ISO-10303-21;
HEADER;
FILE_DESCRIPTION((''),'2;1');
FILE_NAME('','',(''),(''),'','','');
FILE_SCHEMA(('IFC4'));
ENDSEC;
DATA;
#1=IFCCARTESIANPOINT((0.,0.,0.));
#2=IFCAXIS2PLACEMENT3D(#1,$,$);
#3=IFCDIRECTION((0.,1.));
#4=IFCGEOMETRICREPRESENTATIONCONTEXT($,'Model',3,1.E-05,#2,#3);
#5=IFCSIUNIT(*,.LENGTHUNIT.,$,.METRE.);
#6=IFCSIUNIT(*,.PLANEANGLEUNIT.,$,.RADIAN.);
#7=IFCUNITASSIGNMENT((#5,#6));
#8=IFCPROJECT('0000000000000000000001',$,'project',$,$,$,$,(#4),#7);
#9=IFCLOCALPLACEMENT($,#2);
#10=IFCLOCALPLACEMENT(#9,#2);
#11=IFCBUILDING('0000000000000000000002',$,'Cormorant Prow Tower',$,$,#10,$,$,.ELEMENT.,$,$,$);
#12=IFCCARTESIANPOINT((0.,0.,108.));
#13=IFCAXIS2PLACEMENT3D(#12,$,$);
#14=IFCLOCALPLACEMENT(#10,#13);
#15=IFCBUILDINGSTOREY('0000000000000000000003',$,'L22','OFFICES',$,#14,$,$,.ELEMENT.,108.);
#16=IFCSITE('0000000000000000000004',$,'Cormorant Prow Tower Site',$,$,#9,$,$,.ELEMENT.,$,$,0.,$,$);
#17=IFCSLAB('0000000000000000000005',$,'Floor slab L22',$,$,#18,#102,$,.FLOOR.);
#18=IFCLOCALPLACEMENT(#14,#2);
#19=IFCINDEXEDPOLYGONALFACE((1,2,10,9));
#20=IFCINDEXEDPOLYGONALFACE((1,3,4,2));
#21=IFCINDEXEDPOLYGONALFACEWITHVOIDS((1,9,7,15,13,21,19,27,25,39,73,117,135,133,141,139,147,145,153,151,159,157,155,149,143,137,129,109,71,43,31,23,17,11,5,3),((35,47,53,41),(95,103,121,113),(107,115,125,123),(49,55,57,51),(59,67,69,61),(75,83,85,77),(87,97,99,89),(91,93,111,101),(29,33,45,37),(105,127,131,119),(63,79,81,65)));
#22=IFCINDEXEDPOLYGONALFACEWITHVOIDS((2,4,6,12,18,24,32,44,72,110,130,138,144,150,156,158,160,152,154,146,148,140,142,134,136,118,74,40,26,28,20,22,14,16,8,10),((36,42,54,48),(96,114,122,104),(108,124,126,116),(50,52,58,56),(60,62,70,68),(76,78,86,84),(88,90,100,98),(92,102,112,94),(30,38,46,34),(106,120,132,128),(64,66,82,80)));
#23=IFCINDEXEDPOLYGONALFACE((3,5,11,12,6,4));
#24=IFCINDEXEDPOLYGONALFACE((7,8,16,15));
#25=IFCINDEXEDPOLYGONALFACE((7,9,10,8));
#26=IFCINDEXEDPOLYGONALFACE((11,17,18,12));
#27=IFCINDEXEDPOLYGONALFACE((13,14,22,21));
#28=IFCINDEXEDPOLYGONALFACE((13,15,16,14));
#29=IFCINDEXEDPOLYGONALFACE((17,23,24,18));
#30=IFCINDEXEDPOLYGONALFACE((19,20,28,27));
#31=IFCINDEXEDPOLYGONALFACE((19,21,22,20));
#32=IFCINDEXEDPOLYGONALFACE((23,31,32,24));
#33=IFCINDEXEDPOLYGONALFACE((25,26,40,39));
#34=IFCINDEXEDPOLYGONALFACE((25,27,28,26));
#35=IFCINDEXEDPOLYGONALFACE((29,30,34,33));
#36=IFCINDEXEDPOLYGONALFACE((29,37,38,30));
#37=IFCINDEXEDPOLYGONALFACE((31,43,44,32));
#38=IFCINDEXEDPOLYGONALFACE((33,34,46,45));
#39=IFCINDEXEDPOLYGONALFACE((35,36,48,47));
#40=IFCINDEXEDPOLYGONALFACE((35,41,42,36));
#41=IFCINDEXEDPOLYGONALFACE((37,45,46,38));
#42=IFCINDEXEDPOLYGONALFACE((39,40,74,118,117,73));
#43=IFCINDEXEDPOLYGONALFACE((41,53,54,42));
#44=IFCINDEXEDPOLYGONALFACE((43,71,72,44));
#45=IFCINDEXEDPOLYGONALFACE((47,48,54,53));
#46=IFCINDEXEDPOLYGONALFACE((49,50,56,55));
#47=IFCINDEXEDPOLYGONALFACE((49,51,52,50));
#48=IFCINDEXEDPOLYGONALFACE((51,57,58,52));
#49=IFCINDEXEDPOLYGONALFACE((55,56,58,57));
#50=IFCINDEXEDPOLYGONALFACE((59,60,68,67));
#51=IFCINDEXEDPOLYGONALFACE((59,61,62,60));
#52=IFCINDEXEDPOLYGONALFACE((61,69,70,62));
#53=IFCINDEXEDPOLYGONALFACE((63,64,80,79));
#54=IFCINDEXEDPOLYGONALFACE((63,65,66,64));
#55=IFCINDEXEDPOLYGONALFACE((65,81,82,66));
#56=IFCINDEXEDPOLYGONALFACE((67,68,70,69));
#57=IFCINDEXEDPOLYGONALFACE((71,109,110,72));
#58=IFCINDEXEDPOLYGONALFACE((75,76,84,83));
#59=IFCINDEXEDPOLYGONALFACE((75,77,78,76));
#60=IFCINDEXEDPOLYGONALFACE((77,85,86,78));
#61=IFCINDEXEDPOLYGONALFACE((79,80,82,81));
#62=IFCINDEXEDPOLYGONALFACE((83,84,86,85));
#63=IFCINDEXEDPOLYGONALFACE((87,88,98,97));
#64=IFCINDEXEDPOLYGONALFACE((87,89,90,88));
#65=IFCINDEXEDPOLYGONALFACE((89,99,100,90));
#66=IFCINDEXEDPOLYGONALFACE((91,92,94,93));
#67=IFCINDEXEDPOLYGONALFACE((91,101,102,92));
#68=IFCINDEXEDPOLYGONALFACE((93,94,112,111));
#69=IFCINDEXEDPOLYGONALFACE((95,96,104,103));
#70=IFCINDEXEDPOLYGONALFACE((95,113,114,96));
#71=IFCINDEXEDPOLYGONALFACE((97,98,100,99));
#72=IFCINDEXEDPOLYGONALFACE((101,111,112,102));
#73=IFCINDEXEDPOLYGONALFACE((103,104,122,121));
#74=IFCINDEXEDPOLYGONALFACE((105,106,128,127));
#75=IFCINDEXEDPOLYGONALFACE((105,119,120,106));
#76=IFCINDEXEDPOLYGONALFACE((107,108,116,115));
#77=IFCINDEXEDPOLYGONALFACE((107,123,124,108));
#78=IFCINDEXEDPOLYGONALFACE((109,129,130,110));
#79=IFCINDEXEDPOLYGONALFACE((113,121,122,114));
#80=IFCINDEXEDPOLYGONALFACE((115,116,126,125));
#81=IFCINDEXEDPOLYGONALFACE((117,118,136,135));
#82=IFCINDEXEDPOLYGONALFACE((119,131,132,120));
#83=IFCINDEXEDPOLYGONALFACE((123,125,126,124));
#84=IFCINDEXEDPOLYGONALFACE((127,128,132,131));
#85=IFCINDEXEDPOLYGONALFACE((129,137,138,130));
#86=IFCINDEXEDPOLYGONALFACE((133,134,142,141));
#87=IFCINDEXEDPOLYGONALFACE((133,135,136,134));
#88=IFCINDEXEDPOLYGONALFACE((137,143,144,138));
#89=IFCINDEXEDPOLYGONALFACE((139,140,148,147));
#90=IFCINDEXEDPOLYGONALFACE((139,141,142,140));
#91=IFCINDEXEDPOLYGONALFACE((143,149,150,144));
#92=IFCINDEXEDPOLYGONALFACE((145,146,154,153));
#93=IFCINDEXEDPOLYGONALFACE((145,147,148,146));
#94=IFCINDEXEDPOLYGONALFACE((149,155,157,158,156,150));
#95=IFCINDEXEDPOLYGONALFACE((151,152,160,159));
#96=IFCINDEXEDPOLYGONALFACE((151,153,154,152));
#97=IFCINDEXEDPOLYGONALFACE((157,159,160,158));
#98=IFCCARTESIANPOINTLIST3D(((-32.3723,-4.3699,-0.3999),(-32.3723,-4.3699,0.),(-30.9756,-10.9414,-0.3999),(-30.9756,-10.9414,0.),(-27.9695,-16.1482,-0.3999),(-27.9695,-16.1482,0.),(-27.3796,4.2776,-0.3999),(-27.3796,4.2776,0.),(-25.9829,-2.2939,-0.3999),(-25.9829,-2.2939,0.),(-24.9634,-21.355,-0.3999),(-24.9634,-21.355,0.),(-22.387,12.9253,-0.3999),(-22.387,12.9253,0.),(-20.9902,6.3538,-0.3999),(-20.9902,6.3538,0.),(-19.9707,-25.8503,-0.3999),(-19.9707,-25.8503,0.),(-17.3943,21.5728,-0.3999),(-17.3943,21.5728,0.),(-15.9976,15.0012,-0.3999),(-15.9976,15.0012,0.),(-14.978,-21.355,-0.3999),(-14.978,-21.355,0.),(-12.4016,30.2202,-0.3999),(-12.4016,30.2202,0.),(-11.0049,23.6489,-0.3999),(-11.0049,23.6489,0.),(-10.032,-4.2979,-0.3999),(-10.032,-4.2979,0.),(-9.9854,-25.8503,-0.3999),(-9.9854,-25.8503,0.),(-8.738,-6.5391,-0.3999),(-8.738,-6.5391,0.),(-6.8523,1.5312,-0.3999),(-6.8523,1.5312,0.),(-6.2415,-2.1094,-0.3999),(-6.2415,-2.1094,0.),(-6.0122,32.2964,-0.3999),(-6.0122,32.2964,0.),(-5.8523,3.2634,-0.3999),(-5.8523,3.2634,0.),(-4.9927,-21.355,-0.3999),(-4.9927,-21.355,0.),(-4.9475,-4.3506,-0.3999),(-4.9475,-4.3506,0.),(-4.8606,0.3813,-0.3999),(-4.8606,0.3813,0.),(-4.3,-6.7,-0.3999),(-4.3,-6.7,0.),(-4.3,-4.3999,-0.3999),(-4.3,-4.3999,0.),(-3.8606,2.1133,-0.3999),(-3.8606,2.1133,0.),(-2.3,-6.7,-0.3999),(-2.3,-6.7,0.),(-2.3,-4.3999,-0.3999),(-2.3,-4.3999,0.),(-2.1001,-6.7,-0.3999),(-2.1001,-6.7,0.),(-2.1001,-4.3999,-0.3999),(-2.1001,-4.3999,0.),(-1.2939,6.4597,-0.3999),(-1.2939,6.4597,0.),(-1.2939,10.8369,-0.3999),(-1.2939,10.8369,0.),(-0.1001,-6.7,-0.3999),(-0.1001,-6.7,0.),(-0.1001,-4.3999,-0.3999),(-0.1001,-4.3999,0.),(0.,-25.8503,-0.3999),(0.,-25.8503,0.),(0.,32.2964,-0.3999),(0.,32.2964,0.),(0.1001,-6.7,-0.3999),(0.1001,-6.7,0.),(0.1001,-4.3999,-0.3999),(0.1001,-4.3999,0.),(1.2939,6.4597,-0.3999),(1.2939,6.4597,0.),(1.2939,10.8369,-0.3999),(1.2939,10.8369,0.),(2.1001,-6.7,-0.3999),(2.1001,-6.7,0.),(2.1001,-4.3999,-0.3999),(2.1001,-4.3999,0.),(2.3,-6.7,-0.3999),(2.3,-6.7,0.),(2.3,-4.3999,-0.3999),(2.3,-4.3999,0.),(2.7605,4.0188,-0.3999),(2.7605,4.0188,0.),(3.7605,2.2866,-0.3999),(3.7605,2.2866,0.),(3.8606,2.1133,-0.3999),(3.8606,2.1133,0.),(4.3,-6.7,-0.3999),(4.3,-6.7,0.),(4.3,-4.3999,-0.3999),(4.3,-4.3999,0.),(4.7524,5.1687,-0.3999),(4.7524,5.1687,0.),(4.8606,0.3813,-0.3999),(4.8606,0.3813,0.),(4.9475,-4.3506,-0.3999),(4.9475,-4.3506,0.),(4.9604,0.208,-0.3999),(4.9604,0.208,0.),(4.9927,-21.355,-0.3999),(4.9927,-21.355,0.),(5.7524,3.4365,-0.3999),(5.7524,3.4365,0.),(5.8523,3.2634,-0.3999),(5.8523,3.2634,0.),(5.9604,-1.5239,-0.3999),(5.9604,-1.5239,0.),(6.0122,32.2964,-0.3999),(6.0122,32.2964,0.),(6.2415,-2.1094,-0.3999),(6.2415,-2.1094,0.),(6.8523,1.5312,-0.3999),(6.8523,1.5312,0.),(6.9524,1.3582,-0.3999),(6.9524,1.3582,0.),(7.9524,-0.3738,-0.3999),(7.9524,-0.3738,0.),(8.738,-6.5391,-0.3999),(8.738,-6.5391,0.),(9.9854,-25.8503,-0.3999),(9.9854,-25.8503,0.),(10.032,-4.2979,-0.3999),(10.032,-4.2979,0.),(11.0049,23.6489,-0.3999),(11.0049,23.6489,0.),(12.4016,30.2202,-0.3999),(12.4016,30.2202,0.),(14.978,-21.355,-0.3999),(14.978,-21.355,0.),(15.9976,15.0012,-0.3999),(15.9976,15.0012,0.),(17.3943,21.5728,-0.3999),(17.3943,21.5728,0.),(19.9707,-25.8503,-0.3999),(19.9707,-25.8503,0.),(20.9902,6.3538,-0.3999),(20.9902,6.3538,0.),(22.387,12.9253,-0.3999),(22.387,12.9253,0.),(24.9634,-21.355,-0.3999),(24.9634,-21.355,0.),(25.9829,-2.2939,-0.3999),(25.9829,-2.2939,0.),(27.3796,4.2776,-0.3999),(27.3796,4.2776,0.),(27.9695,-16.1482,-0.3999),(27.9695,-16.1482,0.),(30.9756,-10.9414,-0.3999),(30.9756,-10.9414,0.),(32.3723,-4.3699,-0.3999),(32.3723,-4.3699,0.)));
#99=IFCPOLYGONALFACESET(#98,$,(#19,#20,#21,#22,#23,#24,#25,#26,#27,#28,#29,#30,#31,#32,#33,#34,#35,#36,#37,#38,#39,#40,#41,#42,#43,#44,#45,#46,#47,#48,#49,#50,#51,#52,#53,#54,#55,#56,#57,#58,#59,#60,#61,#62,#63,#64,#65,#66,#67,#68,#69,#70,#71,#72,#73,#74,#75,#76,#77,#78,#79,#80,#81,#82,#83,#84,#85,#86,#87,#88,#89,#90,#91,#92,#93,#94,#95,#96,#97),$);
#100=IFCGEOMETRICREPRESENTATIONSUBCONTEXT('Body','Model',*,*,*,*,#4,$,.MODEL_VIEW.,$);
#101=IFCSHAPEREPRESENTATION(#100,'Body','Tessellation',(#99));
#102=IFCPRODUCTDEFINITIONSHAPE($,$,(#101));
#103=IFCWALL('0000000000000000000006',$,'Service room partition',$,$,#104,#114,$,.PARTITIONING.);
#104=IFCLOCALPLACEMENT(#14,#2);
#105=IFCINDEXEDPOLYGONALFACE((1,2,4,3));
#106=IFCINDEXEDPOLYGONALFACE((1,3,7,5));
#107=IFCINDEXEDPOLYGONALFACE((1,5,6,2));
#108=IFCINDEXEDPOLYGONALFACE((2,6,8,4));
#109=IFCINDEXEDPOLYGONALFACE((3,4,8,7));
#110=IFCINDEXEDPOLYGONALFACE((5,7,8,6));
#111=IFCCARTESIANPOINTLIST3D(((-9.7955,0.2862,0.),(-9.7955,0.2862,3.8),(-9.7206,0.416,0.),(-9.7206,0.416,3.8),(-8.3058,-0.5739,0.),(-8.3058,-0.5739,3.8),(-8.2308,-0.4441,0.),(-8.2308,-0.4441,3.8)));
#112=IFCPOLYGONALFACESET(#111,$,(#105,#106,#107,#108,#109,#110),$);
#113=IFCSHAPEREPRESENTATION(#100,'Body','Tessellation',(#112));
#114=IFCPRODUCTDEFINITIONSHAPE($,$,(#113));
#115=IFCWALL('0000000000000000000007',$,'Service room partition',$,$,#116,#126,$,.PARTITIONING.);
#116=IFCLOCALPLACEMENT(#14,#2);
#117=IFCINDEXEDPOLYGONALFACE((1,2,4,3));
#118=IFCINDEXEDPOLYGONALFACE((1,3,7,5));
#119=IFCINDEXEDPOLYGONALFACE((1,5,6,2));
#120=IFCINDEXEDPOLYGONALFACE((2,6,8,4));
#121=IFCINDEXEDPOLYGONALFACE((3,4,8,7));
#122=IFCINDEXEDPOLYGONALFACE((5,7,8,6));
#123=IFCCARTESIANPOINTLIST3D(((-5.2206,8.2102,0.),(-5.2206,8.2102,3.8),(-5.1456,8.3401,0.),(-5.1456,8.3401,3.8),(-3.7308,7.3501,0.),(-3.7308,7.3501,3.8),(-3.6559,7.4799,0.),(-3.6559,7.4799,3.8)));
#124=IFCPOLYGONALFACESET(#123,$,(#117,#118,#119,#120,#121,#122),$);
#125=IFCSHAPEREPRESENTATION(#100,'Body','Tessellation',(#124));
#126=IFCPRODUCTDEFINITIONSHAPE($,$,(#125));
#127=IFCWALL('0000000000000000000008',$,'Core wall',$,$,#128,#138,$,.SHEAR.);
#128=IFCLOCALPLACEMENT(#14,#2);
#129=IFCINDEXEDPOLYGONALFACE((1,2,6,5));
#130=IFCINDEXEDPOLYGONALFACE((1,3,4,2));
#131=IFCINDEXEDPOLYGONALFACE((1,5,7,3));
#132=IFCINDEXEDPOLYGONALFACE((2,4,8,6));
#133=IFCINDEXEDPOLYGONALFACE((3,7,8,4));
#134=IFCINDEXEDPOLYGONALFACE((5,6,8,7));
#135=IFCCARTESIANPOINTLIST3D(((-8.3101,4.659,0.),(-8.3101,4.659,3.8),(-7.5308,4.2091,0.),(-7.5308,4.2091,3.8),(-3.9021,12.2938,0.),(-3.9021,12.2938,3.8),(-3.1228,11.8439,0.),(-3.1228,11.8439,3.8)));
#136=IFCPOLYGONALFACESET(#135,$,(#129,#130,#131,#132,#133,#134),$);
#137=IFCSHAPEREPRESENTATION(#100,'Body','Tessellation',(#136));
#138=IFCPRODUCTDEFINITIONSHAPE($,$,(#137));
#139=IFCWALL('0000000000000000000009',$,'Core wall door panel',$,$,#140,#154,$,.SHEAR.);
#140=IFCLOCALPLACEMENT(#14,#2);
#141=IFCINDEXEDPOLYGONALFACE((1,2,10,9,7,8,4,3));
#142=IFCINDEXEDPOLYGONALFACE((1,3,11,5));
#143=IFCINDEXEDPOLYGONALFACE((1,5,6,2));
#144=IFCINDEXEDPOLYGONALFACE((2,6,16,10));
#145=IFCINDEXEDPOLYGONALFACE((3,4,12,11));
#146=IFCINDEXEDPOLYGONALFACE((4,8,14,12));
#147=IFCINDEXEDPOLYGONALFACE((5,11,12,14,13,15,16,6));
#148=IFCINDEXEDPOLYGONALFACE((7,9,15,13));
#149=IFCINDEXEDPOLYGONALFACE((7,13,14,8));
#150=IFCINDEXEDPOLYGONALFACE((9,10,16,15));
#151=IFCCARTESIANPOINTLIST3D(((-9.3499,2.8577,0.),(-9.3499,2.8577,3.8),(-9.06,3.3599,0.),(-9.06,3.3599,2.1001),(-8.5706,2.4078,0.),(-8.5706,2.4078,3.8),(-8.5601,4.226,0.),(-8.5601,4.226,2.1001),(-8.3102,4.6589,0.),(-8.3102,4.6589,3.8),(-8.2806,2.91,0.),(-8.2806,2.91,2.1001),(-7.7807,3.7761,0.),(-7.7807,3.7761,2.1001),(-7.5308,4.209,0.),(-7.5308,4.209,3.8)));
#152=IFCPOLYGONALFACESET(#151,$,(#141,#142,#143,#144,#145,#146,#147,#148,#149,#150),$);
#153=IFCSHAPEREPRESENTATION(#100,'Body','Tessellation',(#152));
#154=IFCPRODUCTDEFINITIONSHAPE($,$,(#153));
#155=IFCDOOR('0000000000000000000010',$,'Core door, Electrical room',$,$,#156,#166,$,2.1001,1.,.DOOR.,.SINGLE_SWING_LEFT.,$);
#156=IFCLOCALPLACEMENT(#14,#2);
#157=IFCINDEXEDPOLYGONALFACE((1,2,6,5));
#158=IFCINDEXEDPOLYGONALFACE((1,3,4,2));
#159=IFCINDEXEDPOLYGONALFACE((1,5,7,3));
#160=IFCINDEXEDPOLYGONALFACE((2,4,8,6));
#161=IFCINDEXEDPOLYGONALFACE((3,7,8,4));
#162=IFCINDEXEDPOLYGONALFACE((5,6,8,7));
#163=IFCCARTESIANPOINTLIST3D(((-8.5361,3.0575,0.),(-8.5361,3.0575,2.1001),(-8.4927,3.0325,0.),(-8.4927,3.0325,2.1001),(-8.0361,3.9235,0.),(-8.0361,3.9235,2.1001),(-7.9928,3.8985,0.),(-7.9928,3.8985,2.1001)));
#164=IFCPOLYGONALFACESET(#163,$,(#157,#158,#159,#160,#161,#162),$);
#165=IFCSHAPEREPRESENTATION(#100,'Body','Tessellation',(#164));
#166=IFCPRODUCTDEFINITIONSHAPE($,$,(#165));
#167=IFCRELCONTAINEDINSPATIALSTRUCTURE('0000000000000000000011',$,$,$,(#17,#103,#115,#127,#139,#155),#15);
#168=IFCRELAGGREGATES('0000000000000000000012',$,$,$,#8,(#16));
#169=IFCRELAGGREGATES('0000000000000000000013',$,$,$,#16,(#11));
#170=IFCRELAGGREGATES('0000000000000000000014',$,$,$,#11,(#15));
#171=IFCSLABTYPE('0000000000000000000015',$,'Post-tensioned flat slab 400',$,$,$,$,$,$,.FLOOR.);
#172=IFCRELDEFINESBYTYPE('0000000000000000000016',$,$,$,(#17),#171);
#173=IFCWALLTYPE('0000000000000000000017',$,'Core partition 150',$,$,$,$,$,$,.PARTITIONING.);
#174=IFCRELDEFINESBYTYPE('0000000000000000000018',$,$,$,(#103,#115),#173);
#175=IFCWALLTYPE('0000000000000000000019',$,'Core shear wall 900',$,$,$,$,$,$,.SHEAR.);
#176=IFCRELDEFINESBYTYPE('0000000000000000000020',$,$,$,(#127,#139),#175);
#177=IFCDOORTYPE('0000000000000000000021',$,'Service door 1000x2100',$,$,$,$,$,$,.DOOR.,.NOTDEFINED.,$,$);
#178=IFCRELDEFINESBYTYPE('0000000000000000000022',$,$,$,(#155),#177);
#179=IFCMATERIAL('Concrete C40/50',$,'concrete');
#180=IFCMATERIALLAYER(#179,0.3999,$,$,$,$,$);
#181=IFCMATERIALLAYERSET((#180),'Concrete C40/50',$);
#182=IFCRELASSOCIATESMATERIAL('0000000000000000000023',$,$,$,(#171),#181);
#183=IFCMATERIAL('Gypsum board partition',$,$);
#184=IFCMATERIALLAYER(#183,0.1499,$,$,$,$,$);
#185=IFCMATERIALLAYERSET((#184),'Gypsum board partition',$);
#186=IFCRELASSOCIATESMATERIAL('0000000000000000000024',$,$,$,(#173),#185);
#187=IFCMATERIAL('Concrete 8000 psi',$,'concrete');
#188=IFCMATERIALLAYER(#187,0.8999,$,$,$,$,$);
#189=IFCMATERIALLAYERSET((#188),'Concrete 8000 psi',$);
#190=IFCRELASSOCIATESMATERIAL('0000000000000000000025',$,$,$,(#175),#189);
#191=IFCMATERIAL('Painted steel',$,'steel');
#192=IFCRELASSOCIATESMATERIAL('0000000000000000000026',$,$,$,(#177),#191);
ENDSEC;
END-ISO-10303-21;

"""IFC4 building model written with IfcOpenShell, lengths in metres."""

from ifc_helpers import new_model, si_unit, direction, frame, frame_2d, origin, place, context, subcontext, project, spatial, polyline, rectangle, outline, extrude, material, layer, layer_set, type_object, element, fill, save


model = new_model("IFC4")

# Units and contexts
model_context = context("Model", 3, precision=1e-05, world=origin(), true_north=direction((0.0, 1.0)))
body_context = subcontext(model_context, "Body", "Model", "MODEL_VIEW")
ifc_project = project(units=[si_unit("LENGTHUNIT", "METRE"), si_unit("PLANEANGLEUNIT", "RADIAN")], contexts=[model_context])

# Site, building, storey
site_placement = place(None, origin())
site = spatial("IfcSite", under=ifc_project, at=site_placement, Name="Cormorant Prow Tower Site", CompositionType="ELEMENT", RefElevation=0.0)
building_placement = place(site_placement, origin())
building = spatial("IfcBuilding", under=site, at=building_placement, Name="Cormorant Prow Tower", CompositionType="ELEMENT")
storey_placement = place(building_placement, frame((0.0, 0.0, 108.0)))
storey = spatial("IfcBuildingStorey", under=building, at=storey_placement, Name="L22", Description="OFFICES", CompositionType="ELEMENT", Elevation=108.0)

# Slab
ifc_material_1 = material(Name="Concrete C40/50", Category="concrete")
ifc_layer_1 = layer(ifc_material_1, 0.3999)
ifc_layer_set_1 = layer_set([ifc_layer_1], Name="Concrete C40/50")
slab_type_1 = type_object("IfcSlabType", Name="Post-tensioned flat slab 400", PredefinedType="FLOOR", material=ifc_layer_set_1)
slab_1_placement = place(storey_placement, frame((0.0, 0.0, -0.3999)))
element("IfcSlab", 1, at=slab_1_placement, inside=storey, type_object=slab_type_1, Name="Floor slab L22", PredefinedType="FLOOR", context=body_context, shape_type="SweptSolid", body=[
    extrude(outline(polyline([(-12.4016, 30.2202), (-11.0049, 23.6489), (-17.3943, 21.5728), (-15.9976, 15.0012), (-22.387, 12.9253), (-20.9902, 6.3538), (-27.3796, 4.2776), (-25.9829, -2.2939), (-32.3723, -4.3699), (-30.9756, -10.9414), (-27.9695, -16.1482), (-24.9634, -21.355), (-19.9707, -25.8503), (-14.978, -21.355), (-9.9854, -25.8503), (-4.9927, -21.355), (0.0, -25.8503), (4.9927, -21.355), (9.9854, -25.8503), (14.978, -21.355), (19.9707, -25.8503), (24.9634, -21.355), (27.9695, -16.1482), (30.9756, -10.9414), (32.3723, -4.3699), (25.9829, -2.2939), (27.3796, 4.2776), (20.9902, 6.3538), (22.387, 12.9253), (15.9976, 15.0012), (17.3943, 21.5728), (11.0049, 23.6489), (12.4016, 30.2202), (6.0122, 32.2964), (0.0, 32.2964), (-6.0122, 32.2964), (-12.4016, 30.2202)]), holes=[polyline([(-4.3, -6.7), (-4.3, -4.3999), (-2.3, -4.3999), (-2.3, -6.7), (-4.3, -6.7)]), polyline([(-2.1001, -4.3999), (-0.1001, -4.3999), (-0.1001, -6.7), (-2.1001, -6.7), (-2.1001, -4.3999)]), polyline([(2.1001, -4.3999), (2.1001, -6.7), (0.1001, -6.7), (0.1001, -4.3999), (2.1001, -4.3999)]), polyline([(4.3, -6.7), (2.3, -6.7), (2.3, -4.3999), (4.3, -4.3999), (4.3, -6.7)]), polyline([(7.9524, -0.3738), (5.9604, -1.5239), (4.9604, 0.208), (6.9524, 1.3582), (7.9524, -0.3738)]), polyline([(4.8606, 0.3813), (3.8606, 2.1133), (5.8523, 3.2634), (6.8523, 1.5312), (4.8606, 0.3813)]), polyline([(2.7605, 4.0188), (4.7524, 5.1687), (5.7524, 3.4365), (3.7605, 2.2866), (2.7605, 4.0188)]), polyline([(-6.8523, 1.5312), (-5.8523, 3.2634), (-3.8606, 2.1133), (-4.8606, 0.3813), (-6.8523, 1.5312)]), polyline([(-4.9475, -4.3506), (-8.738, -6.5391), (-10.032, -4.2979), (-6.2415, -2.1094), (-4.9475, -4.3506)]), polyline([(10.032, -4.2979), (8.738, -6.5391), (4.9475, -4.3506), (6.2415, -2.1094), (10.032, -4.2979)]), polyline([(1.2939, 10.8369), (1.2939, 6.4597), (-1.2939, 6.4597), (-1.2939, 10.8369), (1.2939, 10.8369)])]), origin(), (0.0, 0.0, 1.0), 0.3999),
])

# Walls
ifc_material_2 = material(Name="Gypsum board partition")
ifc_layer_2 = layer(ifc_material_2, 0.1499)
ifc_layer_set_2 = layer_set([ifc_layer_2], Name="Gypsum board partition")
wall_type_1 = type_object("IfcWallType", Name="Core partition 150", PredefinedType="PARTITIONING", material=ifc_layer_set_2)
for number, where, z_axis, x_axis, name in (
    (2, (-8.2683, -0.509, 0.0), (0.0, 0.0, 1.0), (-0.866025, 0.500001, 0.0), "Service room partition"),
    (3, (-3.6934, 7.415, 0.0), (0.0, 0.0, 1.0), (-0.866025, 0.500001, 0.0), "Service room partition"),
):
    element("IfcWall", number, at=place(storey_placement, frame(where, z_axis=z_axis, x_axis=x_axis)), inside=storey, type_object=wall_type_1, Name=name, PredefinedType="PARTITIONING", context=body_context, shape_type="SweptSolid", body=[
        extrude(rectangle(XDim=1.7202, YDim=0.1499, at=frame_2d((0.8601, 0.0))), origin(), (0.0, 0.0, 1.0), 3.8),
    ])
ifc_material_3 = material(Name="Concrete 8000 psi", Category="concrete")
ifc_layer_3 = layer(ifc_material_3, 0.8999)
ifc_layer_set_3 = layer_set([ifc_layer_3], Name="Concrete 8000 psi")
wall_type_2 = type_object("IfcWallType", Name="Core shear wall 900", PredefinedType="SHEAR", material=ifc_layer_set_3)
wall_1_placement = place(storey_placement, frame((-3.5125, 12.0688, 0.0), z_axis=(0.0, 0.0, 1.0), x_axis=(-0.500002, -0.866024, 0.0)))
element("IfcWall", 4, at=wall_1_placement, inside=storey, type_object=wall_type_2, Name="Core wall", PredefinedType="SHEAR", context=body_context, shape_type="SweptSolid", body=[
    extrude(rectangle(XDim=8.8159, YDim=0.8999, at=frame_2d((4.408, 0.0))), origin(), (0.0, 0.0, 1.0), 3.8),
])

# Wall, opening, door
wall_2_placement = place(storey_placement, frame((-7.9204, 4.4341, 0.0), z_axis=(0.0, 0.0, 1.0), x_axis=(-0.499939, -0.86606, 0.0)))
wall_2 = element("IfcWall", 5, at=wall_2_placement, inside=storey, type_object=wall_type_2, Name="Core wall door panel", PredefinedType="SHEAR", context=body_context, shape_type="SweptSolid", body=[
    extrude(rectangle(XDim=2.0798, YDim=0.8999, at=frame_2d((1.04, 0.0))), origin(), (0.0, 0.0, 1.0), 3.8),
])
opening_1_placement = place(wall_2_placement, frame((0.5, 0.0, 0.0)))
opening_1 = element("IfcOpeningElement", 6, at=opening_1_placement, cuts=wall_2, PredefinedType="OPENING", context=body_context, shape_type="SweptSolid", body=[
    extrude(rectangle(XDim=1.0, YDim=2.1001, at=frame_2d((0.5, 1.05))), frame((0.0, 0.46, 0.0), z_axis=(0.0, -1.0, 0.0), x_axis=(1.0, 0.0, 0.0)), (0.0, 0.0, 1.0), 0.9199),
])
ifc_material_4 = material(Name="Painted steel", Category="steel")
door_type_1 = type_object("IfcDoorType", Name="Service door 1000x2100", OperationType="NOTDEFINED", PredefinedType="DOOR", material=ifc_material_4)
door_1_placement = place(opening_1_placement, origin())
door_1 = element("IfcDoor", 7, at=door_1_placement, inside=storey, type_object=door_type_1, Name="Core door, Electrical room", OperationType="SINGLE_SWING_LEFT", OverallHeight=2.1001, OverallWidth=1.0, PredefinedType="DOOR", context=body_context, shape_type="SweptSolid", body=[
    extrude(rectangle(XDim=1.0, YDim=2.1001, at=frame_2d((0.5, 1.05))), frame((0.0, 0.2051, 0.0), z_axis=(0.0, -1.0, 0.0), x_axis=(1.0, 0.0, 0.0)), (0.0, 0.0, 1.0), 0.05),
])
fill(opening_1, door_1)

save(model, "model.ifc")
